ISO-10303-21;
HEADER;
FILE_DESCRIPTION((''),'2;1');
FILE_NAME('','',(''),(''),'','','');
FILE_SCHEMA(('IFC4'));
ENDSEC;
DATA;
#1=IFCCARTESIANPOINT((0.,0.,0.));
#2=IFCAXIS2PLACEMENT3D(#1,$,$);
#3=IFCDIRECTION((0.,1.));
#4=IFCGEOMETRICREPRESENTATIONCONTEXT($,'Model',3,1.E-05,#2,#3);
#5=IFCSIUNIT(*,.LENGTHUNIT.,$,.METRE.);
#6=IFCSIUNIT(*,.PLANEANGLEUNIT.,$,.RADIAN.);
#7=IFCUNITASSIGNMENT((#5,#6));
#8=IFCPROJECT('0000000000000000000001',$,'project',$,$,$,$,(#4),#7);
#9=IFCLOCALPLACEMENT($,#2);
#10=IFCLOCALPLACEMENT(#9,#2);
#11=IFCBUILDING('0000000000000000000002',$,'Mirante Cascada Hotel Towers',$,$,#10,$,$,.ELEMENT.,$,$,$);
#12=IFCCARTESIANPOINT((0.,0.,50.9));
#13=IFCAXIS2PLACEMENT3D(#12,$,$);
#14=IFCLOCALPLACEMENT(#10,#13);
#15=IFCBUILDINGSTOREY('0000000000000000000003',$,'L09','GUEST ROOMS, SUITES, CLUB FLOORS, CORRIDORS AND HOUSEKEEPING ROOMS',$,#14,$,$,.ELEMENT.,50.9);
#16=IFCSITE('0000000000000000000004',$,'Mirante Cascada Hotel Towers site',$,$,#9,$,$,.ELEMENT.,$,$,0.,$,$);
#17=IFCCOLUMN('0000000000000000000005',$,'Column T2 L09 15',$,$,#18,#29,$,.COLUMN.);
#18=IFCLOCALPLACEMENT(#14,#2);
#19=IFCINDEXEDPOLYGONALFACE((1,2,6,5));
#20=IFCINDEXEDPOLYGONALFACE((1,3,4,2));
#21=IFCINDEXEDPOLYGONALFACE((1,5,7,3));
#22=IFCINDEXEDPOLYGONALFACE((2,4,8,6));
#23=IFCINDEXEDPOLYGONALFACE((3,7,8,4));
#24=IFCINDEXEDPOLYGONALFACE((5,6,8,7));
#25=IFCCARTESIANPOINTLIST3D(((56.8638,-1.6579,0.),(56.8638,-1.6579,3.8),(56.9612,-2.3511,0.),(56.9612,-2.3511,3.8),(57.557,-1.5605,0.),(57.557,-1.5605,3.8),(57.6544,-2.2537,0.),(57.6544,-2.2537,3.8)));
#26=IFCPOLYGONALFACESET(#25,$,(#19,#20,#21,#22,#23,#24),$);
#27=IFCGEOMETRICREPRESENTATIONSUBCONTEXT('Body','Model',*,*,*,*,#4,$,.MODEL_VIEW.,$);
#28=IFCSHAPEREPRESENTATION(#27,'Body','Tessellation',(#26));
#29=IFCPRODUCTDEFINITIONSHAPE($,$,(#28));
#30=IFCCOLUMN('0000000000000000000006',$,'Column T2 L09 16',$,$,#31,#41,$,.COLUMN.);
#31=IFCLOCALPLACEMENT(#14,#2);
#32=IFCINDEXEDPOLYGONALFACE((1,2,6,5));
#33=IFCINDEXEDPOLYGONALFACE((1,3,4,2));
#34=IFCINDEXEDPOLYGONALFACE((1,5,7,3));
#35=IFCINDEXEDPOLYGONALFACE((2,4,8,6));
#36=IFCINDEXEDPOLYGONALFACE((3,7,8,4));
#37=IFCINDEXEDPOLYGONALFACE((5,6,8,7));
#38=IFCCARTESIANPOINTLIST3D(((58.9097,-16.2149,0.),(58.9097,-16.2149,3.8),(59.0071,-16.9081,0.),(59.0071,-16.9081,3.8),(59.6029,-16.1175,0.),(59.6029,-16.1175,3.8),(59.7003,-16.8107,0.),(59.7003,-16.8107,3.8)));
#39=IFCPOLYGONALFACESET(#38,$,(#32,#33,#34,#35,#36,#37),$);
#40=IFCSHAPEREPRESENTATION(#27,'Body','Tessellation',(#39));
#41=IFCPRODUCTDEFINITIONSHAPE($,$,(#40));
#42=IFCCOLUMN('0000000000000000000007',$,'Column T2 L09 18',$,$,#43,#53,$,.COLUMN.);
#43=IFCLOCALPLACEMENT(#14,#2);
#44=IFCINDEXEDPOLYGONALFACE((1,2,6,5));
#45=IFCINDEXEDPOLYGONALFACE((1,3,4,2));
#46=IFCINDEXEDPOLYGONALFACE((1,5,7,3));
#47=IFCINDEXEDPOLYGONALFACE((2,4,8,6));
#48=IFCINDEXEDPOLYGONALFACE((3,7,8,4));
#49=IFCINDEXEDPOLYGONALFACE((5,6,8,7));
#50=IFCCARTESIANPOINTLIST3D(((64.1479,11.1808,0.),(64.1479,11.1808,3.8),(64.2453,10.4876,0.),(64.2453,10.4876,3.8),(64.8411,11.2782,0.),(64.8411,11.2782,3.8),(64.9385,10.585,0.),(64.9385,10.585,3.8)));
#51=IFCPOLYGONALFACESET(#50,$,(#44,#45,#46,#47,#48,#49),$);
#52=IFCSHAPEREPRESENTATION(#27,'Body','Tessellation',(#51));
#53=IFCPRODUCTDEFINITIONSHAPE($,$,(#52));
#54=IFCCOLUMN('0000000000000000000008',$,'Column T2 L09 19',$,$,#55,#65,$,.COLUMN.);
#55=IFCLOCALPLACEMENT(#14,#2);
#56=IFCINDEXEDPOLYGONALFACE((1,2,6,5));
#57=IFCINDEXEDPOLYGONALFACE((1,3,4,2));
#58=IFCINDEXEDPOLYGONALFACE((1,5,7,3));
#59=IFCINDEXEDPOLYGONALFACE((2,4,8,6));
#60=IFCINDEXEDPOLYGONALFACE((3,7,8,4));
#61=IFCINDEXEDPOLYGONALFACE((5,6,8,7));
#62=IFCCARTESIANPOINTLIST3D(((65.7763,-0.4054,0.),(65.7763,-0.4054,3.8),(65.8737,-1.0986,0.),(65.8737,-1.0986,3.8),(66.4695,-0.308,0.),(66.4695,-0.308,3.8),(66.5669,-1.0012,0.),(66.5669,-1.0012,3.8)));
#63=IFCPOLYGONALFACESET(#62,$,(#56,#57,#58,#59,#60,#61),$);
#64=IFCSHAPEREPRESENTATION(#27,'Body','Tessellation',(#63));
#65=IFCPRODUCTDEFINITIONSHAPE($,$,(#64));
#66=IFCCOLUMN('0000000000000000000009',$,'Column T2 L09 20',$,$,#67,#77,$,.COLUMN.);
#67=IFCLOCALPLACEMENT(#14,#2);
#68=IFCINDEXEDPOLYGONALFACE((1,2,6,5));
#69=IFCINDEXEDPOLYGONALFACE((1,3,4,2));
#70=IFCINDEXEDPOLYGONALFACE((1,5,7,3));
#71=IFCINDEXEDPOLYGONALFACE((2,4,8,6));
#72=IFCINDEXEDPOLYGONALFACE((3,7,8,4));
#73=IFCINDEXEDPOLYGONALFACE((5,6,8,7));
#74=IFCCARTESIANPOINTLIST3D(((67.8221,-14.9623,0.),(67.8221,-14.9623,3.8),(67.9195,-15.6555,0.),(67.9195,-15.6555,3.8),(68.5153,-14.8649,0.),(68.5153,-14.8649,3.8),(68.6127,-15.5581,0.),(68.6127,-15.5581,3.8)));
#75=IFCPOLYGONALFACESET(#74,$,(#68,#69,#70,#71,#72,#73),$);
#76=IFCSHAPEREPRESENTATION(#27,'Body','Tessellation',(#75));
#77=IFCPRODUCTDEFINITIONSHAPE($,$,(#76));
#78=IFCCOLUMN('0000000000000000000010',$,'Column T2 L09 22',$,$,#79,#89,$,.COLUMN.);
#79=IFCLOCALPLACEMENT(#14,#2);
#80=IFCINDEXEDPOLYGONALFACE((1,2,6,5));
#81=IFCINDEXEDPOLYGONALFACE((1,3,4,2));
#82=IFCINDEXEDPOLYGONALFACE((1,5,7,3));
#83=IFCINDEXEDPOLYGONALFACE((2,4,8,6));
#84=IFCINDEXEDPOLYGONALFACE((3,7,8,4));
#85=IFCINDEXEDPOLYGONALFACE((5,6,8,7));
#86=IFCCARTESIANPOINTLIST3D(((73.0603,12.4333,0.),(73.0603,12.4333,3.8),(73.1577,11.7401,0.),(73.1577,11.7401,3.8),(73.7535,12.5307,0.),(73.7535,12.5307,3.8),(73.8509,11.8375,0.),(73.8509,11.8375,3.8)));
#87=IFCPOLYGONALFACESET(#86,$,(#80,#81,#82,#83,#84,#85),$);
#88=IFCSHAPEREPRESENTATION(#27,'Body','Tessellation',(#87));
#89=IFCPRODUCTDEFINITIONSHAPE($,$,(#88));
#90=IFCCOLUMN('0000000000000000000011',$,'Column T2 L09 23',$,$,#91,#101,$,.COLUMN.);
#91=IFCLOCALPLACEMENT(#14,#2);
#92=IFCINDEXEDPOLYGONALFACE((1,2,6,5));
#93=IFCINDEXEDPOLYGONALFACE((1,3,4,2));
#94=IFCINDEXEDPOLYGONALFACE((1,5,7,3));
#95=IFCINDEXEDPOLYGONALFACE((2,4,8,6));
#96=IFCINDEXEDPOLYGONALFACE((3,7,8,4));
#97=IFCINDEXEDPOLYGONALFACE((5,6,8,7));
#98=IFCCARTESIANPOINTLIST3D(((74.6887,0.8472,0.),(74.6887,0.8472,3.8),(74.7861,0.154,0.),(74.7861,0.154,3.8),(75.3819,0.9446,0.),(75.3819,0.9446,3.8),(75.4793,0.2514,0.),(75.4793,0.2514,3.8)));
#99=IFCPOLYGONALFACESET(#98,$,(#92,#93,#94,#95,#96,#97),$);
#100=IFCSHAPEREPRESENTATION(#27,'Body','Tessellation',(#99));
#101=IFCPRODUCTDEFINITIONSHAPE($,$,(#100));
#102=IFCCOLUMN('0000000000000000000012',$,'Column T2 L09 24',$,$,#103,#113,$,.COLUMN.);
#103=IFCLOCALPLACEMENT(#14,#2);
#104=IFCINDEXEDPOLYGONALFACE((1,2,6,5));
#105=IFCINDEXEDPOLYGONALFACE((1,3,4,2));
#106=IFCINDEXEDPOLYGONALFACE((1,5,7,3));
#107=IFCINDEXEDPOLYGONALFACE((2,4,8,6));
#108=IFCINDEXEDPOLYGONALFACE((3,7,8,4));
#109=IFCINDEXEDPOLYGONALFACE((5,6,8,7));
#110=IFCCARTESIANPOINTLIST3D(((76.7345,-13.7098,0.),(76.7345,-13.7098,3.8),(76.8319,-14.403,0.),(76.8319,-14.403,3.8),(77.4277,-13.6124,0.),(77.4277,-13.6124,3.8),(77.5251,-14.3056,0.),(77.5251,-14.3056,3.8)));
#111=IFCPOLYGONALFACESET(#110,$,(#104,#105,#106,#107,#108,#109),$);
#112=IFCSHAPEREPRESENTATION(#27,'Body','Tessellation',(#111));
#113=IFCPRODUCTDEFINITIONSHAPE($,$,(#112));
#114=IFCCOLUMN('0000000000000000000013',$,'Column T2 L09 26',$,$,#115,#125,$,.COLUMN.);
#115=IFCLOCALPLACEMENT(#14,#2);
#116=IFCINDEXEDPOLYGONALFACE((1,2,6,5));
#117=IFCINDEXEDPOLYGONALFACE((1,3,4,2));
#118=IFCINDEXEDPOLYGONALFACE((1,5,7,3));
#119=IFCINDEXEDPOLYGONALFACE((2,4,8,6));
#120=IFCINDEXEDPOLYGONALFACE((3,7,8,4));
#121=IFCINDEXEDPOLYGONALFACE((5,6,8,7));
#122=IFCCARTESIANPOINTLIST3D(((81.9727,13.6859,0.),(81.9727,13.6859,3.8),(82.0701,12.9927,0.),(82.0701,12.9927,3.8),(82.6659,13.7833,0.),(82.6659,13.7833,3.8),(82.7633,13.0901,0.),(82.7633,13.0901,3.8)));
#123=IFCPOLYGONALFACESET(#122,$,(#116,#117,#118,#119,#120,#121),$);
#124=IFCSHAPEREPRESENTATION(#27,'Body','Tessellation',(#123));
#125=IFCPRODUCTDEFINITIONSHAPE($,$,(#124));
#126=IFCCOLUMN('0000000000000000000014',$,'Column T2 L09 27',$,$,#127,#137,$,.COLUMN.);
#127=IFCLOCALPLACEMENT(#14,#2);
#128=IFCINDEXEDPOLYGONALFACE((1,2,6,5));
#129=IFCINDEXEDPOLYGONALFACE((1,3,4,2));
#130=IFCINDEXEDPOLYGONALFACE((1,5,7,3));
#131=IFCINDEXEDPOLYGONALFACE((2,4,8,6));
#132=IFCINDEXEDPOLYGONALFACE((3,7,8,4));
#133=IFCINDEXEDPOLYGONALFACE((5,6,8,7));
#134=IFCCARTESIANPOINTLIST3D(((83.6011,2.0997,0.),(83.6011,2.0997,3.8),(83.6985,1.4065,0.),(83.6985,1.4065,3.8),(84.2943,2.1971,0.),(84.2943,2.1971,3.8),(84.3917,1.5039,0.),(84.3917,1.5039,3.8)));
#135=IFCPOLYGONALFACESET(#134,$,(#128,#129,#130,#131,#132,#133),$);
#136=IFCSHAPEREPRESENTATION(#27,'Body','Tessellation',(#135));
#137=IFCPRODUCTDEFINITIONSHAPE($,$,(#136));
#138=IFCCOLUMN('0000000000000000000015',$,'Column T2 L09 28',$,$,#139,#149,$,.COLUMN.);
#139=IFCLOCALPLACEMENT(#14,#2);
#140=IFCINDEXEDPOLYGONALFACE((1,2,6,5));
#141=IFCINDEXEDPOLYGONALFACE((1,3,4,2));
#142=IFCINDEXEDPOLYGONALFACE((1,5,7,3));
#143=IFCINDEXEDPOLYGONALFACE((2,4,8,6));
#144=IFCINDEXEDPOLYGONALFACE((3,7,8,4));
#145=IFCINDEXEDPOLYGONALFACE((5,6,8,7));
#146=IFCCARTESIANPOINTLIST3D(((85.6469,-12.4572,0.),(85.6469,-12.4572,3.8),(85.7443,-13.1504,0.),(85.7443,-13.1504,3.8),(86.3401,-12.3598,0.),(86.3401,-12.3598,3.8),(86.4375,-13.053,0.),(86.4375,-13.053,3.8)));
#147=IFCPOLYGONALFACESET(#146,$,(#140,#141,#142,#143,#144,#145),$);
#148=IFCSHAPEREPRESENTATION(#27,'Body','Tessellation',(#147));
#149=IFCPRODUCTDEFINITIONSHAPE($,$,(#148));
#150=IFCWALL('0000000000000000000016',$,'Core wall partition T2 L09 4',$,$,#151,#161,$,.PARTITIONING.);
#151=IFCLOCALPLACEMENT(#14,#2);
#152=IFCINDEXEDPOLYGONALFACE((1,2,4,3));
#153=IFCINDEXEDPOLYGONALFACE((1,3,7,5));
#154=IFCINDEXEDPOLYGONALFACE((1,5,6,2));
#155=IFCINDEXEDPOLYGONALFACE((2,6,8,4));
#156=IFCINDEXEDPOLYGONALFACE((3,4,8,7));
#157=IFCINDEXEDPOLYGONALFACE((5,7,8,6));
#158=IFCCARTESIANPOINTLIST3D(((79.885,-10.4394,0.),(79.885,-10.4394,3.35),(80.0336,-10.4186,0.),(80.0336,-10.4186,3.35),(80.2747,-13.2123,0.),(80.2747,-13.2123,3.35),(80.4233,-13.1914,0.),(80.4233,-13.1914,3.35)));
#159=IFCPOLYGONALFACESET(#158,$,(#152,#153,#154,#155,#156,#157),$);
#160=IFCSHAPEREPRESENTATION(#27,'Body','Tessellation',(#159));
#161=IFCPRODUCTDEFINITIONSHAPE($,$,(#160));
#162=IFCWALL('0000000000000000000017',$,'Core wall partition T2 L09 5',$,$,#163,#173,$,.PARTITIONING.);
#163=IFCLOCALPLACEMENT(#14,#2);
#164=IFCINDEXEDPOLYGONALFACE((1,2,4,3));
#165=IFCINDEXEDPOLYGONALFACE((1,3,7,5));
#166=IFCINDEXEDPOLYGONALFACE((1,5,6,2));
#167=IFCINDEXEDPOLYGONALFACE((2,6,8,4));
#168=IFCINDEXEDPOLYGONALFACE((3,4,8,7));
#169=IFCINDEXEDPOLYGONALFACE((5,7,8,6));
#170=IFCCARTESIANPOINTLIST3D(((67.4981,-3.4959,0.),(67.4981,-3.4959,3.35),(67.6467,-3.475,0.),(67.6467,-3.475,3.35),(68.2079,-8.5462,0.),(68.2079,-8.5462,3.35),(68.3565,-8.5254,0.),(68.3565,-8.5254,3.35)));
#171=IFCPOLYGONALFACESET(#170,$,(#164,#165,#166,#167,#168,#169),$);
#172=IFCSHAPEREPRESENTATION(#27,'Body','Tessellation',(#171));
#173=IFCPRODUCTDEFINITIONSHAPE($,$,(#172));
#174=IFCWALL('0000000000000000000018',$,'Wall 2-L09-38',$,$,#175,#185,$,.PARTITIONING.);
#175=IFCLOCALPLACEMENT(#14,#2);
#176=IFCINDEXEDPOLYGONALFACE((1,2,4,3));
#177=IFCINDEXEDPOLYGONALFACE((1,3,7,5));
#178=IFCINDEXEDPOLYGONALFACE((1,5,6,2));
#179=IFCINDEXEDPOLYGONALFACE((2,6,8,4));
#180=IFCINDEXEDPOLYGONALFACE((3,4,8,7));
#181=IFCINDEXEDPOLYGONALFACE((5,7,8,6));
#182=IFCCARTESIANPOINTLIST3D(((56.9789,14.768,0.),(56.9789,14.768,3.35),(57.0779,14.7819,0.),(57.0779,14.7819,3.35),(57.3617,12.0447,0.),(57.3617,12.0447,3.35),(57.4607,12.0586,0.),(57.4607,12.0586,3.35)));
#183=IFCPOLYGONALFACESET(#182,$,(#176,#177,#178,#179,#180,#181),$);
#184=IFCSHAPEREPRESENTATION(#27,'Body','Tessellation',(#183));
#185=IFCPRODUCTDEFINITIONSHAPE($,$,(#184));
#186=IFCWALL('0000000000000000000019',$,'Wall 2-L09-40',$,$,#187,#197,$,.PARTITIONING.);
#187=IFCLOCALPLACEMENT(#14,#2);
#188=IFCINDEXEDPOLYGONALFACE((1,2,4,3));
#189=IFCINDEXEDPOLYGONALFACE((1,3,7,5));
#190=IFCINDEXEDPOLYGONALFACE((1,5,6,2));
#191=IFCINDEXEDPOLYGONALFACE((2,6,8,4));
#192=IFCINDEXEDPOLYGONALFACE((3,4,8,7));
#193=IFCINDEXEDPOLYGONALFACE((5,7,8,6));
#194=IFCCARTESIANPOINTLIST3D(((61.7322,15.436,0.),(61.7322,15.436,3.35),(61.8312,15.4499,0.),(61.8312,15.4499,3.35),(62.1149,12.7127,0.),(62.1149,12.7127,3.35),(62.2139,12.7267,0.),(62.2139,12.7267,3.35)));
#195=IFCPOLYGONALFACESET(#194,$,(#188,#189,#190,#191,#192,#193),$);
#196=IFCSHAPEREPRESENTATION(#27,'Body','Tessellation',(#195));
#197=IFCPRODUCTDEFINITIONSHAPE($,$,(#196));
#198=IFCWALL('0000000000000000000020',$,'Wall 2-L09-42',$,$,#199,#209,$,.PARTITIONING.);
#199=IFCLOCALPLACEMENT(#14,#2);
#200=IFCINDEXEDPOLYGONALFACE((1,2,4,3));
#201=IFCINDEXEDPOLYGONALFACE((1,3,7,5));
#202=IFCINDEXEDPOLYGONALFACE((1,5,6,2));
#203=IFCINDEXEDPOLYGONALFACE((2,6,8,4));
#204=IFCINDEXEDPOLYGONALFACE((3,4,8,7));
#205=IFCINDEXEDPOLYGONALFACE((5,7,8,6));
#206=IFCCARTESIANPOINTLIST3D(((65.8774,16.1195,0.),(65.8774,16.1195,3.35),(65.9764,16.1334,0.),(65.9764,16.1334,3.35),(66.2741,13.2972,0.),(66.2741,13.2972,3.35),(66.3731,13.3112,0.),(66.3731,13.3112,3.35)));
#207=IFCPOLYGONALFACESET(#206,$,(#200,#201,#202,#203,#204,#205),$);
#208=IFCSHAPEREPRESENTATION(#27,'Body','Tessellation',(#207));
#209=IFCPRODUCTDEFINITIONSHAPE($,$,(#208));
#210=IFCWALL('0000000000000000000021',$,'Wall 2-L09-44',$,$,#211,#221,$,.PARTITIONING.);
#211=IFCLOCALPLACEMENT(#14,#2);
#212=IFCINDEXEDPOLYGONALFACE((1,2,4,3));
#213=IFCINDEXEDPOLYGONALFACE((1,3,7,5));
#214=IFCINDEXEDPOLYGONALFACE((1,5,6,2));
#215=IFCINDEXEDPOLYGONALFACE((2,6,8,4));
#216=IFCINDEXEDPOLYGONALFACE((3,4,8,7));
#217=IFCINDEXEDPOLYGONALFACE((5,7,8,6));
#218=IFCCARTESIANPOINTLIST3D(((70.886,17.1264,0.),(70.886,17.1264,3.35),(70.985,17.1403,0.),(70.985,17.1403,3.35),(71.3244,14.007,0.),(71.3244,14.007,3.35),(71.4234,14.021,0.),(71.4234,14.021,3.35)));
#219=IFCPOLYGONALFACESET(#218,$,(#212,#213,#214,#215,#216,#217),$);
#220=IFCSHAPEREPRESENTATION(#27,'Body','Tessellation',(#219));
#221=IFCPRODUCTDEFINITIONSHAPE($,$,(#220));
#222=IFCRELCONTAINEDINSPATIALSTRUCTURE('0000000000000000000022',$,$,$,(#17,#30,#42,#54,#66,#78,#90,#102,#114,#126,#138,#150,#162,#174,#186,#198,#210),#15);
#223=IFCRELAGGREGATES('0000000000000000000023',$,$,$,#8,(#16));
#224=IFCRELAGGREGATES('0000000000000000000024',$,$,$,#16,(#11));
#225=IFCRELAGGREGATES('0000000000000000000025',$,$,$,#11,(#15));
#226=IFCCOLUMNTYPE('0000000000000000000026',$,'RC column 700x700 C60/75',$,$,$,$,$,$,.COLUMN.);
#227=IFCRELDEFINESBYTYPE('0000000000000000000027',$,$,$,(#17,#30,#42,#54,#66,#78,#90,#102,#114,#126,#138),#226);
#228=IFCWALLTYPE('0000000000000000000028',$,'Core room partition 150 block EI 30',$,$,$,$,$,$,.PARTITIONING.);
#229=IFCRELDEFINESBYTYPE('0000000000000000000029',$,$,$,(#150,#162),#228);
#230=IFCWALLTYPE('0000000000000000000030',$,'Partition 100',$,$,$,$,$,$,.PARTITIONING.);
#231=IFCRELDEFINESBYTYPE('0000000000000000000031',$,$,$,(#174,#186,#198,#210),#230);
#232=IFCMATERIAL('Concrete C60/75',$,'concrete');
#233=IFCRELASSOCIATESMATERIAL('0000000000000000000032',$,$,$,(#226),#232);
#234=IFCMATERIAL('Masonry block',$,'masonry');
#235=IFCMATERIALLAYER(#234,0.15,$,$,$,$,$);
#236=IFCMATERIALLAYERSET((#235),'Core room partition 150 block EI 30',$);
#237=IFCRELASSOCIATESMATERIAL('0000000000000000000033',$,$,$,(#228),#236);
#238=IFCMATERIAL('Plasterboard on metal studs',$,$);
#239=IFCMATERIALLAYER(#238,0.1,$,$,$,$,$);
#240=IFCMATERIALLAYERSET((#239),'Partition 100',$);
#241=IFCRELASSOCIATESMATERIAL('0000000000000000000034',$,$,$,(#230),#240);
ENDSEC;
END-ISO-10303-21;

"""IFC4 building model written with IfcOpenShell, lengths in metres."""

from ifc_helpers import new_model, si_unit, direction, frame, frame_2d, origin, origin_2d, place, context, subcontext, project, spatial, rectangle, extrude, material, layer, layer_set, material_profile, profile_set, type_object, element, save


model = new_model("IFC4")

# Units and contexts
model_context = context("Model", 3, precision=1e-05, world=origin(), true_north=direction((0.0, 1.0)))
body_context = subcontext(model_context, "Body", "Model", "MODEL_VIEW")
ifc_project = project(units=[si_unit("LENGTHUNIT", "METRE"), si_unit("PLANEANGLEUNIT", "RADIAN")], contexts=[model_context])

# Site, building, storey
site_placement = place(None, origin())
site = spatial("IfcSite", under=ifc_project, at=site_placement, Name="Mirante Cascada Hotel Towers site", CompositionType="ELEMENT", RefElevation=0.0)
building_placement = place(site_placement, origin())
building = spatial("IfcBuilding", under=site, at=building_placement, Name="Mirante Cascada Hotel Towers", CompositionType="ELEMENT")
storey_placement = place(building_placement, frame((0.0, 0.0, 50.9)))
storey = spatial("IfcBuildingStorey", under=building, at=storey_placement, Name="L09", Description="GUEST ROOMS, SUITES, CLUB FLOORS, CORRIDORS AND HOUSEKEEPING ROOMS", CompositionType="ELEMENT", Elevation=50.9)

# Columns
ifc_material_1 = material(Name="Concrete C60/75", Category="concrete")
ifc_material_profile = material_profile(ifc_material_1, rectangle(XDim=0.7, YDim=0.7, at=origin_2d()), Name="RC column 700x700 C60/75")
ifc_profile_set = profile_set([ifc_material_profile], Name="Concrete C60/75")
column_type = type_object("IfcColumnType", Name="RC column 700x700 C60/75", PredefinedType="COLUMN", material=ifc_profile_set)
for number, where, z_axis, x_axis, name in (
    (1, (57.2591, -1.9558, 0.0), (0.0, 0.0, 1.0), (0.990268, 0.139173, 0.0), "Column T2 L09 15"),
    (2, (59.305, -16.5128, 0.0), (0.0, 0.0, 1.0), (0.990268, 0.139173, 0.0), "Column T2 L09 16"),
    (3, (64.5432, 10.8829, 0.0), (0.0, 0.0, 1.0), (0.990268, 0.139173, 0.0), "Column T2 L09 18"),
    (4, (66.1716, -0.7033, 0.0), (0.0, 0.0, 1.0), (0.990268, 0.139173, 0.0), "Column T2 L09 19"),
    (5, (68.2174, -15.2602, 0.0), (0.0, 0.0, 1.0), (0.990268, 0.139173, 0.0), "Column T2 L09 20"),
    (6, (73.4556, 12.1354, 0.0), (0.0, 0.0, 1.0), (0.990268, 0.139173, 0.0), "Column T2 L09 22"),
    (7, (75.084, 0.5493, 0.0), (0.0, 0.0, 1.0), (0.990268, 0.139173, 0.0), "Column T2 L09 23"),
    (8, (77.1298, -14.0077, 0.0), (0.0, 0.0, 1.0), (0.990268, 0.139173, 0.0), "Column T2 L09 24"),
    (9, (82.368, 13.388, 0.0), (0.0, 0.0, 1.0), (0.990268, 0.139173, 0.0), "Column T2 L09 26"),
    (10, (83.9964, 1.8018, 0.0), (0.0, 0.0, 1.0), (0.990268, 0.139173, 0.0), "Column T2 L09 27"),
    (11, (86.0422, -12.7551, 0.0), (0.0, 0.0, 1.0), (0.990268, 0.139173, 0.0), "Column T2 L09 28"),
):
    element("IfcColumn", number, at=place(storey_placement, frame(where, z_axis=z_axis, x_axis=x_axis)), inside=storey, type_object=column_type, Name=name, PredefinedType="COLUMN", context=body_context, shape_type="SweptSolid", body=[
        extrude(rectangle(XDim=0.7, YDim=0.7, at=origin_2d()), origin(), (0.0, 0.0, 1.0), 3.8),
    ])

# Walls
ifc_material_2 = material(Name="Masonry block", Category="masonry")
ifc_layer_1 = layer(ifc_material_2, 0.15)
ifc_layer_set_1 = layer_set([ifc_layer_1], Name="Core room partition 150 block EI 30")
wall_type_1 = type_object("IfcWallType", Name="Core room partition 150 block EI 30", PredefinedType="PARTITIONING", material=ifc_layer_set_1)
wall_1_placement = place(storey_placement, frame((80.349, -13.2018, 0.0), z_axis=(0.0, 0.0, 1.0), x_axis=(-0.139176, 0.990268, 0.0)))
element("IfcWall", 12, at=wall_1_placement, inside=storey, type_object=wall_type_1, Name="Core wall partition T2 L09 4", PredefinedType="PARTITIONING", context=body_context, shape_type="SweptSolid", body=[
    extrude(rectangle(XDim=2.8001, YDim=0.15, at=frame_2d((1.4, 0.0))), origin(), (0.0, 0.0, 1.0), 3.35),
])
wall_2_placement = place(storey_placement, frame((68.2822, -8.5358, 0.0), z_axis=(0.0, 0.0, 1.0), x_axis=(-0.139176, 0.990268, 0.0)))
element("IfcWall", 13, at=wall_2_placement, inside=storey, type_object=wall_type_1, Name="Core wall partition T2 L09 5", PredefinedType="PARTITIONING", context=body_context, shape_type="SweptSolid", body=[
    extrude(rectangle(XDim=5.1, YDim=0.15, at=frame_2d((2.55, 0.0))), origin(), (0.0, 0.0, 1.0), 3.35),
])
ifc_material_3 = material(Name="Plasterboard on metal studs")
ifc_layer_2 = layer(ifc_material_3, 0.1)
ifc_layer_set_2 = layer_set([ifc_layer_2], Name="Partition 100")
wall_type_2 = type_object("IfcWallType", Name="Partition 100", PredefinedType="PARTITIONING", material=ifc_layer_set_2)
wall_3_placement = place(storey_placement, frame((57.4112, 12.0516, 0.0), z_axis=(0.0, 0.0, 1.0), x_axis=(-0.139196, 0.990265, 0.0)))
element("IfcWall", 14, at=wall_3_placement, inside=storey, type_object=wall_type_2, Name="Wall 2-L09-38", PredefinedType="PARTITIONING", context=body_context, shape_type="SweptSolid", body=[
    extrude(rectangle(XDim=2.7501, YDim=0.1, at=frame_2d((1.3751, 0.0))), origin(), (0.0, 0.0, 1.0), 3.35),
])
wall_4_placement = place(storey_placement, frame((62.1644, 12.7197, 0.0), z_axis=(0.0, 0.0, 1.0), x_axis=(-0.139166, 0.990269, 0.0)))
element("IfcWall", 15, at=wall_4_placement, inside=storey, type_object=wall_type_2, Name="Wall 2-L09-40", PredefinedType="PARTITIONING", context=body_context, shape_type="SweptSolid", body=[
    extrude(rectangle(XDim=2.75, YDim=0.1, at=frame_2d((1.375, 0.0))), origin(), (0.0, 0.0, 1.0), 3.35),
])
wall_5_placement = place(storey_placement, frame((66.3236, 13.3042, 0.0), z_axis=(0.0, 0.0, 1.0), x_axis=(-0.139191, 0.990266, 0.0)))
element("IfcWall", 16, at=wall_5_placement, inside=storey, type_object=wall_type_2, Name="Wall 2-L09-42", PredefinedType="PARTITIONING", context=body_context, shape_type="SweptSolid", body=[
    extrude(rectangle(XDim=2.85, YDim=0.1, at=frame_2d((1.425, 0.0))), origin(), (0.0, 0.0, 1.0), 3.35),
])
wall_6_placement = place(storey_placement, frame((71.3739, 14.014, 0.0), z_axis=(0.0, 0.0, 1.0), x_axis=(-0.139177, 0.990268, 0.0)))
element("IfcWall", 17, at=wall_6_placement, inside=storey, type_object=wall_type_2, Name="Wall 2-L09-44", PredefinedType="PARTITIONING", context=body_context, shape_type="SweptSolid", body=[
    extrude(rectangle(XDim=3.15, YDim=0.1, at=frame_2d((1.575, 0.0))), origin(), (0.0, 0.0, 1.0), 3.35),
])

save(model, "model.ifc")
